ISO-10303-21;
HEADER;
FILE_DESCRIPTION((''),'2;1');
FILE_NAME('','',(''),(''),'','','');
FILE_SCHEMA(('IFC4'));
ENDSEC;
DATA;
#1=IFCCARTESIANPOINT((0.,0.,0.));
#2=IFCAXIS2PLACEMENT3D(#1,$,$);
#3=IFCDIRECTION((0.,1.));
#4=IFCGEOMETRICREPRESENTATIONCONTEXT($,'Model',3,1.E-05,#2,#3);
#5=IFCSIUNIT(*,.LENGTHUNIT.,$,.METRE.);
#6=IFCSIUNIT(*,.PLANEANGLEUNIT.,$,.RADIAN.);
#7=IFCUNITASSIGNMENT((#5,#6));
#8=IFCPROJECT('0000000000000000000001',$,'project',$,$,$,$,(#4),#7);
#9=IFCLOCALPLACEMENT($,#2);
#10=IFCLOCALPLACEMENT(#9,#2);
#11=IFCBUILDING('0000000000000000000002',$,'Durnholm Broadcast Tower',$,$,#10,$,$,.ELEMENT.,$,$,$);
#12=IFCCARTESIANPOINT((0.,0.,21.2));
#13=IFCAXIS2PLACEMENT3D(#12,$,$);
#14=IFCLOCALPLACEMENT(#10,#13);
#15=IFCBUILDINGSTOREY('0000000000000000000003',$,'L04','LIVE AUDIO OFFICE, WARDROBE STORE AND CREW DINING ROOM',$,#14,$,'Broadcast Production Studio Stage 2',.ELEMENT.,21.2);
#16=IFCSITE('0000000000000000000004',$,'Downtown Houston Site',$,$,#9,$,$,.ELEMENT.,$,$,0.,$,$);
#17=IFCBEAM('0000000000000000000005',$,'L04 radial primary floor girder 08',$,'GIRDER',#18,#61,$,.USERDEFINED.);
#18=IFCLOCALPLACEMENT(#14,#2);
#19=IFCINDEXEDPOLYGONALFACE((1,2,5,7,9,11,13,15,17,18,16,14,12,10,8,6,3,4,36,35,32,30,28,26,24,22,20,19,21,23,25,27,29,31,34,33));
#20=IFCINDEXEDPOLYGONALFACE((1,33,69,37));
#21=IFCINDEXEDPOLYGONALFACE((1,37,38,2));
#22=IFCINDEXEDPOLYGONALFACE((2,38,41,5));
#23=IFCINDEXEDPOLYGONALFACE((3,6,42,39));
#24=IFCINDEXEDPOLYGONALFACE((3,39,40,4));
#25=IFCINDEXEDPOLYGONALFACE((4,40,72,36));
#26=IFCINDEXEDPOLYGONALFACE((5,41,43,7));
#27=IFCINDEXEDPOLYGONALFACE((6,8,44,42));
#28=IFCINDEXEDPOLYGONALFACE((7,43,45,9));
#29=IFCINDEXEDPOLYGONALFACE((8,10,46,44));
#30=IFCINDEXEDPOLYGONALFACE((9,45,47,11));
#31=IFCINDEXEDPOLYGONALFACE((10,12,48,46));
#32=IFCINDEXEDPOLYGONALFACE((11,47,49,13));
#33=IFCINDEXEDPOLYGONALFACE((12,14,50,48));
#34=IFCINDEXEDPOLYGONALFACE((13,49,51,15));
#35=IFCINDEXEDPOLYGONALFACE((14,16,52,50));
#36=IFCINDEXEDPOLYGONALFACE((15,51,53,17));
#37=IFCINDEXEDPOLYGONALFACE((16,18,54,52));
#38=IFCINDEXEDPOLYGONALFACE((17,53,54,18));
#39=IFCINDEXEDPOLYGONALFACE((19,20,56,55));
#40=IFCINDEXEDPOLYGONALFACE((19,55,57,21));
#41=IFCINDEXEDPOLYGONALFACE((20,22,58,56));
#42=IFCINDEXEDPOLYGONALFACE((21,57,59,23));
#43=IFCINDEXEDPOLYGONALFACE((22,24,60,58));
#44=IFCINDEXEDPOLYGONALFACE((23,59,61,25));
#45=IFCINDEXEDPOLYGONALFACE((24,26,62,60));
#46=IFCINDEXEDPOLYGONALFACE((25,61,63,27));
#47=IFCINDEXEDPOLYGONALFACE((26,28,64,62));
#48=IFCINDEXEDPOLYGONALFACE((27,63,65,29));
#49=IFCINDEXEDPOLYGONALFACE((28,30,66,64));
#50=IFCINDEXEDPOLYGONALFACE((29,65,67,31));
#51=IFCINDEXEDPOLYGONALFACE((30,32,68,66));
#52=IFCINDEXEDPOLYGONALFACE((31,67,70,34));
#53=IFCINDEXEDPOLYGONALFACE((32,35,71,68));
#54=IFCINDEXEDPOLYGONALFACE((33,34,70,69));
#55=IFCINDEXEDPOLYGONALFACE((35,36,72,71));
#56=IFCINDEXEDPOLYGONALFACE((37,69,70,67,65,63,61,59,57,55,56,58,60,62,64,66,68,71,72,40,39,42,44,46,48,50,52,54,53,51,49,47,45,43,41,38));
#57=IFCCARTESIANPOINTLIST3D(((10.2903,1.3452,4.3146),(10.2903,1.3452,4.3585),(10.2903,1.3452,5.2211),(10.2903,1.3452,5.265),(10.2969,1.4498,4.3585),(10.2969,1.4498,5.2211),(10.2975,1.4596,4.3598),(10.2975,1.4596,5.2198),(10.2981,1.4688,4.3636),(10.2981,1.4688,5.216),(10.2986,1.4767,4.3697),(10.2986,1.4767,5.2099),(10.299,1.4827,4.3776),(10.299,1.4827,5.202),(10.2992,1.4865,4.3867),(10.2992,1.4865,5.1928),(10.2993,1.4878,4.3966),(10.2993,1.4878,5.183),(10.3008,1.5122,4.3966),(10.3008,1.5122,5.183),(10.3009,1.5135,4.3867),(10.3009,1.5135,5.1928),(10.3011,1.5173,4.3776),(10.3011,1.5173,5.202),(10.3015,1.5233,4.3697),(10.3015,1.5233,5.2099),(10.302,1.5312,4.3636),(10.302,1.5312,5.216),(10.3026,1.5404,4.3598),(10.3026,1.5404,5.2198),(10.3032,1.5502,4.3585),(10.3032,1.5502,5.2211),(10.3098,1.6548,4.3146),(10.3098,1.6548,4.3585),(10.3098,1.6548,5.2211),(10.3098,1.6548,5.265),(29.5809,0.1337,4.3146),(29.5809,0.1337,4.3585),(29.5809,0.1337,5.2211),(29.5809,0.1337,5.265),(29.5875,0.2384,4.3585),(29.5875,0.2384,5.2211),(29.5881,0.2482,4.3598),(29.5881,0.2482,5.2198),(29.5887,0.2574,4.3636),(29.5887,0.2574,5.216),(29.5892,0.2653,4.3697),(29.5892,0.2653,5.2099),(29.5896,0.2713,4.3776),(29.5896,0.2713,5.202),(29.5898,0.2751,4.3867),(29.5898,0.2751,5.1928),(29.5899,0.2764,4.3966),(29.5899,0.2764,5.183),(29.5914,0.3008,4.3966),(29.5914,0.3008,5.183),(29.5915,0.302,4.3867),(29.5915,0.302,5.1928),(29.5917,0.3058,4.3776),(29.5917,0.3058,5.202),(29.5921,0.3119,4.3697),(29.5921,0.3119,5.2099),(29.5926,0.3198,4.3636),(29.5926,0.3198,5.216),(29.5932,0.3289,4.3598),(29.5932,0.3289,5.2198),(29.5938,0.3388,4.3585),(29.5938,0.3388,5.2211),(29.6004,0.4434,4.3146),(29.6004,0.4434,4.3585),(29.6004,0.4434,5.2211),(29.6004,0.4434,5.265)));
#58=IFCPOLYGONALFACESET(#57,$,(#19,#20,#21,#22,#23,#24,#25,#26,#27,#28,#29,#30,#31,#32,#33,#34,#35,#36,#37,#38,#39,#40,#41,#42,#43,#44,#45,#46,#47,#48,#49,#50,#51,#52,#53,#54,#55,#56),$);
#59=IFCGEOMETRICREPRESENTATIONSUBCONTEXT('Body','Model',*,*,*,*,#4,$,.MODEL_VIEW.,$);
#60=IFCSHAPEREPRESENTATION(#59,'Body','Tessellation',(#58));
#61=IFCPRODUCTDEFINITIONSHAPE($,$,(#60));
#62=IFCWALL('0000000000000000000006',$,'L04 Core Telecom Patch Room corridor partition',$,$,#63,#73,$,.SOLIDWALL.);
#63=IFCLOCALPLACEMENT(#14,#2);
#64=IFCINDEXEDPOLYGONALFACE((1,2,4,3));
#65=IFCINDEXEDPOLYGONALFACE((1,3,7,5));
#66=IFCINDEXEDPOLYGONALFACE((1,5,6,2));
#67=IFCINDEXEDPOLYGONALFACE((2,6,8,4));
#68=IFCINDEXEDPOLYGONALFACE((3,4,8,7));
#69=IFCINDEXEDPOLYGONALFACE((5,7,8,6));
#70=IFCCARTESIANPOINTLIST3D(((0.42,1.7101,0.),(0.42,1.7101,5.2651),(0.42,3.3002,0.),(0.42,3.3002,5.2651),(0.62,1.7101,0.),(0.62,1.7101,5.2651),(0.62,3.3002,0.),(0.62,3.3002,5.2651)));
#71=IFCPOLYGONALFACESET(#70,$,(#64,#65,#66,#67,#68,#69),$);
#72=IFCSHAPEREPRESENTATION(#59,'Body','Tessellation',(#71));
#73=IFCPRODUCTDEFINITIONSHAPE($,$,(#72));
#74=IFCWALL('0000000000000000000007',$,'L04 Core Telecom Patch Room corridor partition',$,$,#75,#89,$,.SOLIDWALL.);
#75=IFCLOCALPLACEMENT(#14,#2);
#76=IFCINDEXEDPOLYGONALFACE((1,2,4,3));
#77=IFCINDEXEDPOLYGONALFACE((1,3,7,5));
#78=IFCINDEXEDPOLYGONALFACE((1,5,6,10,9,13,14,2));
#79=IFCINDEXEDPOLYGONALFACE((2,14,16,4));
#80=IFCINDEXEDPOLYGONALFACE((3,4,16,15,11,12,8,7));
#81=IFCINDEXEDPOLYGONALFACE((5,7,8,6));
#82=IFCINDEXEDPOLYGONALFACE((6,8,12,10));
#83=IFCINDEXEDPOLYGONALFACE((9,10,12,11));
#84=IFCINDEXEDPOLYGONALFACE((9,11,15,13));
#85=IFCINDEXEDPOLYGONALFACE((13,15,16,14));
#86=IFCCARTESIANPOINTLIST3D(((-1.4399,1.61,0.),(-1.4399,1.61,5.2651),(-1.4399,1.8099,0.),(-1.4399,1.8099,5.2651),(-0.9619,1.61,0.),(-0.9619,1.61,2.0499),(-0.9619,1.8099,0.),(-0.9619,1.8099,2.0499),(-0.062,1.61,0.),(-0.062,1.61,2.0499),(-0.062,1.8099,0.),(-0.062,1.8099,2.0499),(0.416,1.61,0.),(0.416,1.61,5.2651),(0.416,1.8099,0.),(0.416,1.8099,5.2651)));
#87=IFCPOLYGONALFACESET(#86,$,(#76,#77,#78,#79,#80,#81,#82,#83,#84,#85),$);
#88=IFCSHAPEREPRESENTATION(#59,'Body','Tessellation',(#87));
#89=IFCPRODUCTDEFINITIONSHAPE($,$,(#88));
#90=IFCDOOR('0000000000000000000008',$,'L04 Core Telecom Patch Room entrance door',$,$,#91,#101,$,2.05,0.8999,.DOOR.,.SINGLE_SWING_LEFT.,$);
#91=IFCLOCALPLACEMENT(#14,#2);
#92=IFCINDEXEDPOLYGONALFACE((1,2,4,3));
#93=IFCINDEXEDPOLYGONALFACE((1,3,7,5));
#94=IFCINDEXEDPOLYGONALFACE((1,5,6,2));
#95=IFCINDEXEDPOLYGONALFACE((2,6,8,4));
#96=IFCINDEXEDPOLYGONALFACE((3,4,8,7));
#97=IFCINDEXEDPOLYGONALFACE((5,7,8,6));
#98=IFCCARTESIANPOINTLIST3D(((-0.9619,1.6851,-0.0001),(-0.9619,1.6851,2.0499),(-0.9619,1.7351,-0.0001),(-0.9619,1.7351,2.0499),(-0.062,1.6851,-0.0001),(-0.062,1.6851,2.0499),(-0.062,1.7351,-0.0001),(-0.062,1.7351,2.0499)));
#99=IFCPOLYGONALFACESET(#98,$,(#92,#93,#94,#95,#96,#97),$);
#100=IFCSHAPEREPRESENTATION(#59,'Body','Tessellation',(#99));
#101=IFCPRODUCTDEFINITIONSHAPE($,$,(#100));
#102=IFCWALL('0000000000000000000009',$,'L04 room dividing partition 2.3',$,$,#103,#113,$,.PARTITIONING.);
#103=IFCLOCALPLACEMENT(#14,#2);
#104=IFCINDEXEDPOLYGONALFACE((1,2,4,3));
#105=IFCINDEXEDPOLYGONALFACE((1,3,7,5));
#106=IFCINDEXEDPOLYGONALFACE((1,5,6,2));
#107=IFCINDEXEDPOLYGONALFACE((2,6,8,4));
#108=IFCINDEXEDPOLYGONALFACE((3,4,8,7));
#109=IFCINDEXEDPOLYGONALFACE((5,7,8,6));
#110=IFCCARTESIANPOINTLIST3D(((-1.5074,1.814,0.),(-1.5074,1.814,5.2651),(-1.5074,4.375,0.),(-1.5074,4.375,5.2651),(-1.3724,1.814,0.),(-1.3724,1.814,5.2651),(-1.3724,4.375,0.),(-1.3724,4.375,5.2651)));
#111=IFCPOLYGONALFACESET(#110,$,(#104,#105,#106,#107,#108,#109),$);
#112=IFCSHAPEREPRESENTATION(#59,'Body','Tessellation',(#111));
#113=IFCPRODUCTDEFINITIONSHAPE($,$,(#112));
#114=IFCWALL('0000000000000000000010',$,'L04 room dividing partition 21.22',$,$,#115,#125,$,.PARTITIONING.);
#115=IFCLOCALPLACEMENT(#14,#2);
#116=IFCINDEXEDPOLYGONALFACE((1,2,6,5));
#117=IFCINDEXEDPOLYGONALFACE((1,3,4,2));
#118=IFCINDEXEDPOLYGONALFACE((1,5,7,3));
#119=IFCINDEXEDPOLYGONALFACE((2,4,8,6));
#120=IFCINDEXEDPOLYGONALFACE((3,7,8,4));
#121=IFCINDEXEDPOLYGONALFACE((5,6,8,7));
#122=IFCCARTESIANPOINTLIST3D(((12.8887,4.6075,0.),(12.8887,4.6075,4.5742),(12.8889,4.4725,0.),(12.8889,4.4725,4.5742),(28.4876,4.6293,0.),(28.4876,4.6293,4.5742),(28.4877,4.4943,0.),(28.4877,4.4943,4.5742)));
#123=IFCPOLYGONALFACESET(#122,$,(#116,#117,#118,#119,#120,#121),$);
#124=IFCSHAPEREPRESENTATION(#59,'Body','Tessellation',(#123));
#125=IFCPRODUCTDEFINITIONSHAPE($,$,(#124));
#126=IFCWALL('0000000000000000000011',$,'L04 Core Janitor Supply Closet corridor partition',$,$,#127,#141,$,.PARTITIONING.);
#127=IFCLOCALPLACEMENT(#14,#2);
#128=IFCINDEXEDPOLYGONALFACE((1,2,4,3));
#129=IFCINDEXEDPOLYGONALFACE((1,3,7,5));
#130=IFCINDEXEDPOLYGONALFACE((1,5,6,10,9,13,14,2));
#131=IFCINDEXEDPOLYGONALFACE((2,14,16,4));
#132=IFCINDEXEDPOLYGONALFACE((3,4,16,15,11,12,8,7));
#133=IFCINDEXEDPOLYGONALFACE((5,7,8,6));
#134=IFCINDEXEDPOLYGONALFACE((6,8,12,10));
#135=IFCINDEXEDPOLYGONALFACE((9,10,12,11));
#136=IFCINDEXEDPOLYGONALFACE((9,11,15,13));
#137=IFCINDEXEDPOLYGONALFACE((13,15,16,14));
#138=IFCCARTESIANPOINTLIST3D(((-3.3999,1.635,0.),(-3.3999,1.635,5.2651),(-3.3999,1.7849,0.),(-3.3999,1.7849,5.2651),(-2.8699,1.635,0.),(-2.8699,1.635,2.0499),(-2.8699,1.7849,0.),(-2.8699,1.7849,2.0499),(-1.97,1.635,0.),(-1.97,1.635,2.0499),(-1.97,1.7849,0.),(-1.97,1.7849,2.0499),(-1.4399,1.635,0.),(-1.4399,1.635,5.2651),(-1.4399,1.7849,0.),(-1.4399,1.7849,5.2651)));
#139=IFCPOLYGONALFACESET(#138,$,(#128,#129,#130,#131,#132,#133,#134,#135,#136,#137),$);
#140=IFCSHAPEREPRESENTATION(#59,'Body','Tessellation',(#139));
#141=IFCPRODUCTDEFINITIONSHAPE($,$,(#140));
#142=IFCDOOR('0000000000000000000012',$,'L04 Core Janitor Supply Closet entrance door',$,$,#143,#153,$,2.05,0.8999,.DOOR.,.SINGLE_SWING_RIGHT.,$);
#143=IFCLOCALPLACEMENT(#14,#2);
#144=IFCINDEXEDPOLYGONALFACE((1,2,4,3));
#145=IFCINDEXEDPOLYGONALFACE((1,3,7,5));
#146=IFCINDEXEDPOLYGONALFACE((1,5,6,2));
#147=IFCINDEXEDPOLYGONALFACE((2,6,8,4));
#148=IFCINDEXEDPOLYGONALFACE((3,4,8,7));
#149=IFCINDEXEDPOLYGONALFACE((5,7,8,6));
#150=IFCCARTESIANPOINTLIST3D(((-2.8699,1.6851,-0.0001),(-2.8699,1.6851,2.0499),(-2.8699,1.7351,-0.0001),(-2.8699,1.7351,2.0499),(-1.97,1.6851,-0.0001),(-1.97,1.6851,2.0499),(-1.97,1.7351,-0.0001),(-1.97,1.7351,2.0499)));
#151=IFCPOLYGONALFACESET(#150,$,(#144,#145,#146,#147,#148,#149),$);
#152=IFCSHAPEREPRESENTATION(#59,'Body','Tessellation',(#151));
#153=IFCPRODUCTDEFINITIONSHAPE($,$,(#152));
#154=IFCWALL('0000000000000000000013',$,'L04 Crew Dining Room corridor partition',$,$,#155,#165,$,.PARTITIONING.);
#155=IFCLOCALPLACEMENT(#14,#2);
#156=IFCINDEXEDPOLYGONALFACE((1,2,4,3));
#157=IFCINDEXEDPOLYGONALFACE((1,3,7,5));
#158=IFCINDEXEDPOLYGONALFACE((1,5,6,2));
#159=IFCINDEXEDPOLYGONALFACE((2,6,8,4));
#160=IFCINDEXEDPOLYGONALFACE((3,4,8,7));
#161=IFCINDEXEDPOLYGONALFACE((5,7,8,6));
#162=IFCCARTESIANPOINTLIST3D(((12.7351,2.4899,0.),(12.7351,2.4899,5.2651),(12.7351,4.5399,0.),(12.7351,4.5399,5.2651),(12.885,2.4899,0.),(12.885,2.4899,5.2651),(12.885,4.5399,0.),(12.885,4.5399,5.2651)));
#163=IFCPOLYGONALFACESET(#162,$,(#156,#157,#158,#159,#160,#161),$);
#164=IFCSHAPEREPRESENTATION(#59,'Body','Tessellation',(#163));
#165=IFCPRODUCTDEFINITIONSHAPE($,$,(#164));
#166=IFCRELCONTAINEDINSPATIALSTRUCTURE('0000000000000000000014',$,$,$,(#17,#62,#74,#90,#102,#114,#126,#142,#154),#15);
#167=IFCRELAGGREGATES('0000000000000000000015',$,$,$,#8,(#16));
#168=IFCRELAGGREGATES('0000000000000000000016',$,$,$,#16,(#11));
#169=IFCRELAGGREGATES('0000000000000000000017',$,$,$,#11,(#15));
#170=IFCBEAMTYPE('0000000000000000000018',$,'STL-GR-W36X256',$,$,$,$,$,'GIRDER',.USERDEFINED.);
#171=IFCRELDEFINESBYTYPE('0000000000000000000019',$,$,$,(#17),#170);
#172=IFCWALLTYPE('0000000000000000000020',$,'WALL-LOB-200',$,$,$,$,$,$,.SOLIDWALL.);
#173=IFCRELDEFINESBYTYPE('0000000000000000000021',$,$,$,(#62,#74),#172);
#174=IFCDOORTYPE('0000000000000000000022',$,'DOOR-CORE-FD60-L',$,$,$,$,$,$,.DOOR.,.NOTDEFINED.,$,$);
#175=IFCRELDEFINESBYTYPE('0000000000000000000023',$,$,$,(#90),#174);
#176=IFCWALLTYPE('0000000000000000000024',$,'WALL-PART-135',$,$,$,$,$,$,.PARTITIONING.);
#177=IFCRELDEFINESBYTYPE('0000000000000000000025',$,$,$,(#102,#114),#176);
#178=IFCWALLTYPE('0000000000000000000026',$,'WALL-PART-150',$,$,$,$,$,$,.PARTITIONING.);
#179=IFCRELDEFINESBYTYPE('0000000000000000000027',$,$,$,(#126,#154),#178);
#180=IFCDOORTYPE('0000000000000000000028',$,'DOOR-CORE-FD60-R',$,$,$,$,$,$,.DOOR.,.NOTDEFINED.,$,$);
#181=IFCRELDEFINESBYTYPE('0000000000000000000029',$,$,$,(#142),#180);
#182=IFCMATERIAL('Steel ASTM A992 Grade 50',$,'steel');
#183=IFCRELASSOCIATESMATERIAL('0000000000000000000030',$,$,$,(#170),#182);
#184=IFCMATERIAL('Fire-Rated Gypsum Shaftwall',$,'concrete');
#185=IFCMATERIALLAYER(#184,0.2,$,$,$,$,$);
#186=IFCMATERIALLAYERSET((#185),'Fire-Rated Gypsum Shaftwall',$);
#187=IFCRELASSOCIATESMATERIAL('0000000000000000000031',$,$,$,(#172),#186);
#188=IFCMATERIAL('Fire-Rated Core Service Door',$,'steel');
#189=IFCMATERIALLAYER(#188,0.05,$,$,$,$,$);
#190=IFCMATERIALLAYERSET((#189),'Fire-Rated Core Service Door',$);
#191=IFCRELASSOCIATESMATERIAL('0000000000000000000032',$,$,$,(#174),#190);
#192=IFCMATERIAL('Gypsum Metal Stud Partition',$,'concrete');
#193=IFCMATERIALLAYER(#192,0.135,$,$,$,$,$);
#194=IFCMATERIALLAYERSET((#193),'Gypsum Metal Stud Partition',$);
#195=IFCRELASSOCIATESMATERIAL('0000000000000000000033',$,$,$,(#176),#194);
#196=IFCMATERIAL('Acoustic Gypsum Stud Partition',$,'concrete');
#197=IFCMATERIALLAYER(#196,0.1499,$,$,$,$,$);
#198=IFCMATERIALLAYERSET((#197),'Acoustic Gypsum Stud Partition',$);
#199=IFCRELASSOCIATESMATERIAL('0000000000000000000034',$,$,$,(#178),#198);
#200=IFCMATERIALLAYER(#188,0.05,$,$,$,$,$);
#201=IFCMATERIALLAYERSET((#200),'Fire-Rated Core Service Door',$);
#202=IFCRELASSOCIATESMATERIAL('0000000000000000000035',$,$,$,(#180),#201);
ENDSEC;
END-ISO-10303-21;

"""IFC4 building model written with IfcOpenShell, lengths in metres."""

from ifc_helpers import new_model, si_unit, direction, frame, frame_2d, origin, origin_2d, place, context, subcontext, project, spatial, rectangle, i_section, extrude, source, transform, mapped, material, layer, layer_set, material_profile, profile_set, type_object, type_shapes, element, fill, save


model = new_model("IFC4")

# Units and contexts
model_context = context("Model", 3, precision=1e-05, world=origin(), true_north=direction((0.0, 1.0)))
body_context = subcontext(model_context, "Body", "Model", "MODEL_VIEW")
ifc_project = project(units=[si_unit("LENGTHUNIT", "METRE"), si_unit("PLANEANGLEUNIT", "RADIAN")], contexts=[model_context])

# Site, building, storey
site_placement = place(None, origin())
site = spatial("IfcSite", under=ifc_project, at=site_placement, Name="Downtown Houston Site", CompositionType="ELEMENT", RefElevation=0.0)
building_placement = place(site_placement, origin())
building = spatial("IfcBuilding", under=site, at=building_placement, Name="Durnholm Broadcast Tower", CompositionType="ELEMENT")
storey_placement = place(building_placement, frame((0.0, 0.0, 21.2)))
storey = spatial("IfcBuildingStorey", under=building, at=storey_placement, Name="L04", Description="LIVE AUDIO OFFICE, WARDROBE STORE AND CREW DINING ROOM", LongName="Broadcast Production Studio Stage 2", CompositionType="ELEMENT", Elevation=21.2)

# Beam
ifc_material_1 = material(Name="Steel ASTM A992 Grade 50", Category="steel")
ifc_material_profile = material_profile(ifc_material_1, i_section(OverallWidth=0.3103, OverallDepth=0.9504, WebThickness=0.0244, FlangeThickness=0.0439, FilletRadius=0.0381, at=origin_2d()), Name="W36X256")
ifc_profile_set = profile_set([ifc_material_profile], Name="Steel ASTM A992 Grade 50")
beam_type = type_object("IfcBeamType", Name="STL-GR-W36X256", ElementType="GIRDER", PredefinedType="USERDEFINED", material=ifc_profile_set)
shared_shape_1 = source(origin(), body_context, "Body", "SweptSolid", [
    extrude(i_section(OverallWidth=0.3103, OverallDepth=0.9504, WebThickness=0.0244, FlangeThickness=0.0439, FilletRadius=0.0381, at=origin_2d()), origin(), (0.0, 0.0, 1.0), 19.3286),
])
type_shapes(beam_type, [shared_shape_1])
beam_placement = place(storey_placement, frame((10.3, 1.5, 4.7898), z_axis=(0.998034, -0.062676, 0.0), x_axis=(0.062676, 0.998034, 0.0)))
element("IfcBeam", 1, at=beam_placement, inside=storey, type_object=beam_type, Name="L04 radial primary floor girder 08", ObjectType="GIRDER", PredefinedType="USERDEFINED", context=body_context, shape_type="MappedRepresentation", body=[
    mapped(shared_shape_1, transform((0.0, 0.0, 0.0), x_axis=(1.0, 0.0, 0.0), y_axis=(0.0, 1.0, 0.0), z_axis=(0.0, 0.0, 1.0), scale=1.0)),
])

# Wall
ifc_material_2 = material(Name="Fire-Rated Gypsum Shaftwall", Category="concrete")
ifc_layer_1 = layer(ifc_material_2, 0.2)
ifc_layer_set_1 = layer_set([ifc_layer_1], Name="Fire-Rated Gypsum Shaftwall")
wall_type_1 = type_object("IfcWallType", Name="WALL-LOB-200", PredefinedType="SOLIDWALL", material=ifc_layer_set_1)
wall_1_placement = place(storey_placement, frame((0.52, 3.3, 0.0), z_axis=(0.0, 0.0, 1.0), x_axis=(0.0, -1.0, 0.0)))
element("IfcWall", 2, at=wall_1_placement, inside=storey, type_object=wall_type_1, Name="L04 Core Telecom Patch Room corridor partition", PredefinedType="SOLIDWALL", context=body_context, shape_type="SweptSolid", body=[
    extrude(rectangle(XDim=1.5901, YDim=0.2, at=frame_2d((0.7949, 0.0))), origin(), (0.0, 0.0, 1.0), 5.2651),
])

# Wall, opening, door
wall_2_placement = place(storey_placement, frame((0.416, 1.71, 0.0), z_axis=(0.0, 0.0, 1.0), x_axis=(-1.0, 0.0, 0.0)))
wall_2 = element("IfcWall", 3, at=wall_2_placement, inside=storey, type_object=wall_type_1, Name="L04 Core Telecom Patch Room corridor partition", PredefinedType="SOLIDWALL", context=body_context, shape_type="SweptSolid", body=[
    extrude(rectangle(XDim=1.856, YDim=0.2, at=frame_2d((0.928, 0.0))), origin(), (0.0, 0.0, 1.0), 5.2651),
])
opening_1_placement = place(wall_2_placement, frame((0.478, 0.0, 0.0)))
opening_1 = element("IfcOpeningElement", 4, at=opening_1_placement, cuts=wall_2, PredefinedType="OPENING", context=body_context, shape_type="SweptSolid", body=[
    extrude(rectangle(XDim=0.8999, YDim=2.05, at=frame_2d((0.45, 1.0249))), frame((0.0, 0.1099, 0.0), z_axis=(0.0, -1.0, 0.0), x_axis=(1.0, 0.0, 0.0)), (0.0, 0.0, 1.0), 0.22),
])
ifc_material_3 = material(Name="Fire-Rated Core Service Door", Category="steel")
ifc_layer_2 = layer(ifc_material_3, 0.05)
ifc_layer_set_2 = layer_set([ifc_layer_2], Name="Fire-Rated Core Service Door")
door_type_1 = type_object("IfcDoorType", Name="DOOR-CORE-FD60-L", OperationType="NOTDEFINED", PredefinedType="DOOR", material=ifc_layer_set_2)
shared_shape_2 = source(origin(), body_context, "Body", "SweptSolid", [
    extrude(rectangle(XDim=0.8999, YDim=2.05, at=frame_2d((0.45, 1.0249))), frame((0.0, 0.0249, 0.0), z_axis=(0.0, -1.0, 0.0), x_axis=(1.0, 0.0, 0.0)), (0.0, 0.0, 1.0), 0.05),
])
type_shapes(door_type_1, [shared_shape_2])
door_1_placement = place(opening_1_placement, origin())
door_1 = element("IfcDoor", 5, at=door_1_placement, inside=storey, type_object=door_type_1, Name="L04 Core Telecom Patch Room entrance door", OperationType="SINGLE_SWING_LEFT", OverallHeight=2.05, OverallWidth=0.8999, PredefinedType="DOOR", context=body_context, shape_type="MappedRepresentation", body=[
    mapped(shared_shape_2, transform((0.0, 0.0, 0.0), x_axis=(1.0, 0.0, 0.0), y_axis=(0.0, 1.0, 0.0), z_axis=(0.0, 0.0, 1.0), scale=1.0)),
])
fill(opening_1, door_1)

# Walls
ifc_material_4 = material(Name="Gypsum Metal Stud Partition", Category="concrete")
ifc_layer_3 = layer(ifc_material_4, 0.135)
ifc_layer_set_3 = layer_set([ifc_layer_3], Name="Gypsum Metal Stud Partition")
wall_type_2 = type_object("IfcWallType", Name="WALL-PART-135", PredefinedType="PARTITIONING", material=ifc_layer_set_3)
wall_3_placement = place(storey_placement, frame((-1.4399, 4.375, 0.0), z_axis=(0.0, 0.0, 1.0), x_axis=(0.0, -1.0, 0.0)))
element("IfcWall", 6, at=wall_3_placement, inside=storey, type_object=wall_type_2, Name="L04 room dividing partition 2.3", PredefinedType="PARTITIONING", context=body_context, shape_type="SweptSolid", body=[
    extrude(rectangle(XDim=2.561, YDim=0.135, at=frame_2d((1.2805, 0.0))), origin(), (0.0, 0.0, 1.0), 5.2651),
])
wall_4_placement = place(storey_placement, frame((12.8889, 4.54, 0.0), z_axis=(0.0, 0.0, 1.0), x_axis=(0.999999, 0.001393, 0.0)))
element("IfcWall", 7, at=wall_4_placement, inside=storey, type_object=wall_type_2, Name="L04 room dividing partition 21.22", PredefinedType="PARTITIONING", context=body_context, shape_type="SweptSolid", body=[
    extrude(rectangle(XDim=15.5989, YDim=0.135, at=frame_2d((7.7993, 0.0))), origin(), (0.0, 0.0, 1.0), 4.5742),
])

# Wall, opening, door
ifc_material_5 = material(Name="Acoustic Gypsum Stud Partition", Category="concrete")
ifc_layer_4 = layer(ifc_material_5, 0.1499)
ifc_layer_set_4 = layer_set([ifc_layer_4], Name="Acoustic Gypsum Stud Partition")
wall_type_3 = type_object("IfcWallType", Name="WALL-PART-150", PredefinedType="PARTITIONING", material=ifc_layer_set_4)
wall_5_placement = place(storey_placement, frame((-1.4399, 1.71, 0.0), z_axis=(0.0, 0.0, 1.0), x_axis=(-1.0, 0.0, 0.0)))
wall_5 = element("IfcWall", 8, at=wall_5_placement, inside=storey, type_object=wall_type_3, Name="L04 Core Janitor Supply Closet corridor partition", PredefinedType="PARTITIONING", context=body_context, shape_type="SweptSolid", body=[
    extrude(rectangle(XDim=1.96, YDim=0.1499, at=frame_2d((0.98, 0.0))), origin(), (0.0, 0.0, 1.0), 5.2651),
])
opening_2_placement = place(wall_5_placement, frame((0.53, 0.0, 0.0)))
opening_2 = element("IfcOpeningElement", 9, at=opening_2_placement, cuts=wall_5, PredefinedType="OPENING", context=body_context, shape_type="SweptSolid", body=[
    extrude(rectangle(XDim=0.8999, YDim=2.05, at=frame_2d((0.45, 1.0249))), frame((0.0, 0.085, 0.0), z_axis=(0.0, -1.0, 0.0), x_axis=(1.0, 0.0, 0.0)), (0.0, 0.0, 1.0), 0.1699),
])
ifc_layer_5 = layer(ifc_material_3, 0.05)
ifc_layer_set_5 = layer_set([ifc_layer_5], Name="Fire-Rated Core Service Door")
door_type_2 = type_object("IfcDoorType", Name="DOOR-CORE-FD60-R", OperationType="NOTDEFINED", PredefinedType="DOOR", material=ifc_layer_set_5)
shared_shape_3 = source(origin(), body_context, "Body", "SweptSolid", [
    extrude(rectangle(XDim=0.8999, YDim=2.05, at=frame_2d((0.45, 1.0249))), frame((0.0, 0.0249, 0.0), z_axis=(0.0, -1.0, 0.0), x_axis=(1.0, 0.0, 0.0)), (0.0, 0.0, 1.0), 0.05),
])
type_shapes(door_type_2, [shared_shape_3])
door_2_placement = place(opening_2_placement, origin())
door_2 = element("IfcDoor", 10, at=door_2_placement, inside=storey, type_object=door_type_2, Name="L04 Core Janitor Supply Closet entrance door", OperationType="SINGLE_SWING_RIGHT", OverallHeight=2.05, OverallWidth=0.8999, PredefinedType="DOOR", context=body_context, shape_type="MappedRepresentation", body=[
    mapped(shared_shape_3, transform((0.0, 0.0, 0.0), x_axis=(1.0, 0.0, 0.0), y_axis=(0.0, 1.0, 0.0), z_axis=(0.0, 0.0, 1.0), scale=1.0)),
])
fill(opening_2, door_2)

# Wall
wall_6_placement = place(storey_placement, frame((12.8101, 2.49, 0.0), z_axis=(0.0, 0.0, 1.0), x_axis=(0.0, 1.0, 0.0)))
element("IfcWall", 11, at=wall_6_placement, inside=storey, type_object=wall_type_3, Name="L04 Crew Dining Room corridor partition", PredefinedType="PARTITIONING", context=body_context, shape_type="SweptSolid", body=[
    extrude(rectangle(XDim=2.05, YDim=0.1499, at=frame_2d((1.0249, 0.0))), origin(), (0.0, 0.0, 1.0), 5.2651),
])

save(model, "model.ifc")
